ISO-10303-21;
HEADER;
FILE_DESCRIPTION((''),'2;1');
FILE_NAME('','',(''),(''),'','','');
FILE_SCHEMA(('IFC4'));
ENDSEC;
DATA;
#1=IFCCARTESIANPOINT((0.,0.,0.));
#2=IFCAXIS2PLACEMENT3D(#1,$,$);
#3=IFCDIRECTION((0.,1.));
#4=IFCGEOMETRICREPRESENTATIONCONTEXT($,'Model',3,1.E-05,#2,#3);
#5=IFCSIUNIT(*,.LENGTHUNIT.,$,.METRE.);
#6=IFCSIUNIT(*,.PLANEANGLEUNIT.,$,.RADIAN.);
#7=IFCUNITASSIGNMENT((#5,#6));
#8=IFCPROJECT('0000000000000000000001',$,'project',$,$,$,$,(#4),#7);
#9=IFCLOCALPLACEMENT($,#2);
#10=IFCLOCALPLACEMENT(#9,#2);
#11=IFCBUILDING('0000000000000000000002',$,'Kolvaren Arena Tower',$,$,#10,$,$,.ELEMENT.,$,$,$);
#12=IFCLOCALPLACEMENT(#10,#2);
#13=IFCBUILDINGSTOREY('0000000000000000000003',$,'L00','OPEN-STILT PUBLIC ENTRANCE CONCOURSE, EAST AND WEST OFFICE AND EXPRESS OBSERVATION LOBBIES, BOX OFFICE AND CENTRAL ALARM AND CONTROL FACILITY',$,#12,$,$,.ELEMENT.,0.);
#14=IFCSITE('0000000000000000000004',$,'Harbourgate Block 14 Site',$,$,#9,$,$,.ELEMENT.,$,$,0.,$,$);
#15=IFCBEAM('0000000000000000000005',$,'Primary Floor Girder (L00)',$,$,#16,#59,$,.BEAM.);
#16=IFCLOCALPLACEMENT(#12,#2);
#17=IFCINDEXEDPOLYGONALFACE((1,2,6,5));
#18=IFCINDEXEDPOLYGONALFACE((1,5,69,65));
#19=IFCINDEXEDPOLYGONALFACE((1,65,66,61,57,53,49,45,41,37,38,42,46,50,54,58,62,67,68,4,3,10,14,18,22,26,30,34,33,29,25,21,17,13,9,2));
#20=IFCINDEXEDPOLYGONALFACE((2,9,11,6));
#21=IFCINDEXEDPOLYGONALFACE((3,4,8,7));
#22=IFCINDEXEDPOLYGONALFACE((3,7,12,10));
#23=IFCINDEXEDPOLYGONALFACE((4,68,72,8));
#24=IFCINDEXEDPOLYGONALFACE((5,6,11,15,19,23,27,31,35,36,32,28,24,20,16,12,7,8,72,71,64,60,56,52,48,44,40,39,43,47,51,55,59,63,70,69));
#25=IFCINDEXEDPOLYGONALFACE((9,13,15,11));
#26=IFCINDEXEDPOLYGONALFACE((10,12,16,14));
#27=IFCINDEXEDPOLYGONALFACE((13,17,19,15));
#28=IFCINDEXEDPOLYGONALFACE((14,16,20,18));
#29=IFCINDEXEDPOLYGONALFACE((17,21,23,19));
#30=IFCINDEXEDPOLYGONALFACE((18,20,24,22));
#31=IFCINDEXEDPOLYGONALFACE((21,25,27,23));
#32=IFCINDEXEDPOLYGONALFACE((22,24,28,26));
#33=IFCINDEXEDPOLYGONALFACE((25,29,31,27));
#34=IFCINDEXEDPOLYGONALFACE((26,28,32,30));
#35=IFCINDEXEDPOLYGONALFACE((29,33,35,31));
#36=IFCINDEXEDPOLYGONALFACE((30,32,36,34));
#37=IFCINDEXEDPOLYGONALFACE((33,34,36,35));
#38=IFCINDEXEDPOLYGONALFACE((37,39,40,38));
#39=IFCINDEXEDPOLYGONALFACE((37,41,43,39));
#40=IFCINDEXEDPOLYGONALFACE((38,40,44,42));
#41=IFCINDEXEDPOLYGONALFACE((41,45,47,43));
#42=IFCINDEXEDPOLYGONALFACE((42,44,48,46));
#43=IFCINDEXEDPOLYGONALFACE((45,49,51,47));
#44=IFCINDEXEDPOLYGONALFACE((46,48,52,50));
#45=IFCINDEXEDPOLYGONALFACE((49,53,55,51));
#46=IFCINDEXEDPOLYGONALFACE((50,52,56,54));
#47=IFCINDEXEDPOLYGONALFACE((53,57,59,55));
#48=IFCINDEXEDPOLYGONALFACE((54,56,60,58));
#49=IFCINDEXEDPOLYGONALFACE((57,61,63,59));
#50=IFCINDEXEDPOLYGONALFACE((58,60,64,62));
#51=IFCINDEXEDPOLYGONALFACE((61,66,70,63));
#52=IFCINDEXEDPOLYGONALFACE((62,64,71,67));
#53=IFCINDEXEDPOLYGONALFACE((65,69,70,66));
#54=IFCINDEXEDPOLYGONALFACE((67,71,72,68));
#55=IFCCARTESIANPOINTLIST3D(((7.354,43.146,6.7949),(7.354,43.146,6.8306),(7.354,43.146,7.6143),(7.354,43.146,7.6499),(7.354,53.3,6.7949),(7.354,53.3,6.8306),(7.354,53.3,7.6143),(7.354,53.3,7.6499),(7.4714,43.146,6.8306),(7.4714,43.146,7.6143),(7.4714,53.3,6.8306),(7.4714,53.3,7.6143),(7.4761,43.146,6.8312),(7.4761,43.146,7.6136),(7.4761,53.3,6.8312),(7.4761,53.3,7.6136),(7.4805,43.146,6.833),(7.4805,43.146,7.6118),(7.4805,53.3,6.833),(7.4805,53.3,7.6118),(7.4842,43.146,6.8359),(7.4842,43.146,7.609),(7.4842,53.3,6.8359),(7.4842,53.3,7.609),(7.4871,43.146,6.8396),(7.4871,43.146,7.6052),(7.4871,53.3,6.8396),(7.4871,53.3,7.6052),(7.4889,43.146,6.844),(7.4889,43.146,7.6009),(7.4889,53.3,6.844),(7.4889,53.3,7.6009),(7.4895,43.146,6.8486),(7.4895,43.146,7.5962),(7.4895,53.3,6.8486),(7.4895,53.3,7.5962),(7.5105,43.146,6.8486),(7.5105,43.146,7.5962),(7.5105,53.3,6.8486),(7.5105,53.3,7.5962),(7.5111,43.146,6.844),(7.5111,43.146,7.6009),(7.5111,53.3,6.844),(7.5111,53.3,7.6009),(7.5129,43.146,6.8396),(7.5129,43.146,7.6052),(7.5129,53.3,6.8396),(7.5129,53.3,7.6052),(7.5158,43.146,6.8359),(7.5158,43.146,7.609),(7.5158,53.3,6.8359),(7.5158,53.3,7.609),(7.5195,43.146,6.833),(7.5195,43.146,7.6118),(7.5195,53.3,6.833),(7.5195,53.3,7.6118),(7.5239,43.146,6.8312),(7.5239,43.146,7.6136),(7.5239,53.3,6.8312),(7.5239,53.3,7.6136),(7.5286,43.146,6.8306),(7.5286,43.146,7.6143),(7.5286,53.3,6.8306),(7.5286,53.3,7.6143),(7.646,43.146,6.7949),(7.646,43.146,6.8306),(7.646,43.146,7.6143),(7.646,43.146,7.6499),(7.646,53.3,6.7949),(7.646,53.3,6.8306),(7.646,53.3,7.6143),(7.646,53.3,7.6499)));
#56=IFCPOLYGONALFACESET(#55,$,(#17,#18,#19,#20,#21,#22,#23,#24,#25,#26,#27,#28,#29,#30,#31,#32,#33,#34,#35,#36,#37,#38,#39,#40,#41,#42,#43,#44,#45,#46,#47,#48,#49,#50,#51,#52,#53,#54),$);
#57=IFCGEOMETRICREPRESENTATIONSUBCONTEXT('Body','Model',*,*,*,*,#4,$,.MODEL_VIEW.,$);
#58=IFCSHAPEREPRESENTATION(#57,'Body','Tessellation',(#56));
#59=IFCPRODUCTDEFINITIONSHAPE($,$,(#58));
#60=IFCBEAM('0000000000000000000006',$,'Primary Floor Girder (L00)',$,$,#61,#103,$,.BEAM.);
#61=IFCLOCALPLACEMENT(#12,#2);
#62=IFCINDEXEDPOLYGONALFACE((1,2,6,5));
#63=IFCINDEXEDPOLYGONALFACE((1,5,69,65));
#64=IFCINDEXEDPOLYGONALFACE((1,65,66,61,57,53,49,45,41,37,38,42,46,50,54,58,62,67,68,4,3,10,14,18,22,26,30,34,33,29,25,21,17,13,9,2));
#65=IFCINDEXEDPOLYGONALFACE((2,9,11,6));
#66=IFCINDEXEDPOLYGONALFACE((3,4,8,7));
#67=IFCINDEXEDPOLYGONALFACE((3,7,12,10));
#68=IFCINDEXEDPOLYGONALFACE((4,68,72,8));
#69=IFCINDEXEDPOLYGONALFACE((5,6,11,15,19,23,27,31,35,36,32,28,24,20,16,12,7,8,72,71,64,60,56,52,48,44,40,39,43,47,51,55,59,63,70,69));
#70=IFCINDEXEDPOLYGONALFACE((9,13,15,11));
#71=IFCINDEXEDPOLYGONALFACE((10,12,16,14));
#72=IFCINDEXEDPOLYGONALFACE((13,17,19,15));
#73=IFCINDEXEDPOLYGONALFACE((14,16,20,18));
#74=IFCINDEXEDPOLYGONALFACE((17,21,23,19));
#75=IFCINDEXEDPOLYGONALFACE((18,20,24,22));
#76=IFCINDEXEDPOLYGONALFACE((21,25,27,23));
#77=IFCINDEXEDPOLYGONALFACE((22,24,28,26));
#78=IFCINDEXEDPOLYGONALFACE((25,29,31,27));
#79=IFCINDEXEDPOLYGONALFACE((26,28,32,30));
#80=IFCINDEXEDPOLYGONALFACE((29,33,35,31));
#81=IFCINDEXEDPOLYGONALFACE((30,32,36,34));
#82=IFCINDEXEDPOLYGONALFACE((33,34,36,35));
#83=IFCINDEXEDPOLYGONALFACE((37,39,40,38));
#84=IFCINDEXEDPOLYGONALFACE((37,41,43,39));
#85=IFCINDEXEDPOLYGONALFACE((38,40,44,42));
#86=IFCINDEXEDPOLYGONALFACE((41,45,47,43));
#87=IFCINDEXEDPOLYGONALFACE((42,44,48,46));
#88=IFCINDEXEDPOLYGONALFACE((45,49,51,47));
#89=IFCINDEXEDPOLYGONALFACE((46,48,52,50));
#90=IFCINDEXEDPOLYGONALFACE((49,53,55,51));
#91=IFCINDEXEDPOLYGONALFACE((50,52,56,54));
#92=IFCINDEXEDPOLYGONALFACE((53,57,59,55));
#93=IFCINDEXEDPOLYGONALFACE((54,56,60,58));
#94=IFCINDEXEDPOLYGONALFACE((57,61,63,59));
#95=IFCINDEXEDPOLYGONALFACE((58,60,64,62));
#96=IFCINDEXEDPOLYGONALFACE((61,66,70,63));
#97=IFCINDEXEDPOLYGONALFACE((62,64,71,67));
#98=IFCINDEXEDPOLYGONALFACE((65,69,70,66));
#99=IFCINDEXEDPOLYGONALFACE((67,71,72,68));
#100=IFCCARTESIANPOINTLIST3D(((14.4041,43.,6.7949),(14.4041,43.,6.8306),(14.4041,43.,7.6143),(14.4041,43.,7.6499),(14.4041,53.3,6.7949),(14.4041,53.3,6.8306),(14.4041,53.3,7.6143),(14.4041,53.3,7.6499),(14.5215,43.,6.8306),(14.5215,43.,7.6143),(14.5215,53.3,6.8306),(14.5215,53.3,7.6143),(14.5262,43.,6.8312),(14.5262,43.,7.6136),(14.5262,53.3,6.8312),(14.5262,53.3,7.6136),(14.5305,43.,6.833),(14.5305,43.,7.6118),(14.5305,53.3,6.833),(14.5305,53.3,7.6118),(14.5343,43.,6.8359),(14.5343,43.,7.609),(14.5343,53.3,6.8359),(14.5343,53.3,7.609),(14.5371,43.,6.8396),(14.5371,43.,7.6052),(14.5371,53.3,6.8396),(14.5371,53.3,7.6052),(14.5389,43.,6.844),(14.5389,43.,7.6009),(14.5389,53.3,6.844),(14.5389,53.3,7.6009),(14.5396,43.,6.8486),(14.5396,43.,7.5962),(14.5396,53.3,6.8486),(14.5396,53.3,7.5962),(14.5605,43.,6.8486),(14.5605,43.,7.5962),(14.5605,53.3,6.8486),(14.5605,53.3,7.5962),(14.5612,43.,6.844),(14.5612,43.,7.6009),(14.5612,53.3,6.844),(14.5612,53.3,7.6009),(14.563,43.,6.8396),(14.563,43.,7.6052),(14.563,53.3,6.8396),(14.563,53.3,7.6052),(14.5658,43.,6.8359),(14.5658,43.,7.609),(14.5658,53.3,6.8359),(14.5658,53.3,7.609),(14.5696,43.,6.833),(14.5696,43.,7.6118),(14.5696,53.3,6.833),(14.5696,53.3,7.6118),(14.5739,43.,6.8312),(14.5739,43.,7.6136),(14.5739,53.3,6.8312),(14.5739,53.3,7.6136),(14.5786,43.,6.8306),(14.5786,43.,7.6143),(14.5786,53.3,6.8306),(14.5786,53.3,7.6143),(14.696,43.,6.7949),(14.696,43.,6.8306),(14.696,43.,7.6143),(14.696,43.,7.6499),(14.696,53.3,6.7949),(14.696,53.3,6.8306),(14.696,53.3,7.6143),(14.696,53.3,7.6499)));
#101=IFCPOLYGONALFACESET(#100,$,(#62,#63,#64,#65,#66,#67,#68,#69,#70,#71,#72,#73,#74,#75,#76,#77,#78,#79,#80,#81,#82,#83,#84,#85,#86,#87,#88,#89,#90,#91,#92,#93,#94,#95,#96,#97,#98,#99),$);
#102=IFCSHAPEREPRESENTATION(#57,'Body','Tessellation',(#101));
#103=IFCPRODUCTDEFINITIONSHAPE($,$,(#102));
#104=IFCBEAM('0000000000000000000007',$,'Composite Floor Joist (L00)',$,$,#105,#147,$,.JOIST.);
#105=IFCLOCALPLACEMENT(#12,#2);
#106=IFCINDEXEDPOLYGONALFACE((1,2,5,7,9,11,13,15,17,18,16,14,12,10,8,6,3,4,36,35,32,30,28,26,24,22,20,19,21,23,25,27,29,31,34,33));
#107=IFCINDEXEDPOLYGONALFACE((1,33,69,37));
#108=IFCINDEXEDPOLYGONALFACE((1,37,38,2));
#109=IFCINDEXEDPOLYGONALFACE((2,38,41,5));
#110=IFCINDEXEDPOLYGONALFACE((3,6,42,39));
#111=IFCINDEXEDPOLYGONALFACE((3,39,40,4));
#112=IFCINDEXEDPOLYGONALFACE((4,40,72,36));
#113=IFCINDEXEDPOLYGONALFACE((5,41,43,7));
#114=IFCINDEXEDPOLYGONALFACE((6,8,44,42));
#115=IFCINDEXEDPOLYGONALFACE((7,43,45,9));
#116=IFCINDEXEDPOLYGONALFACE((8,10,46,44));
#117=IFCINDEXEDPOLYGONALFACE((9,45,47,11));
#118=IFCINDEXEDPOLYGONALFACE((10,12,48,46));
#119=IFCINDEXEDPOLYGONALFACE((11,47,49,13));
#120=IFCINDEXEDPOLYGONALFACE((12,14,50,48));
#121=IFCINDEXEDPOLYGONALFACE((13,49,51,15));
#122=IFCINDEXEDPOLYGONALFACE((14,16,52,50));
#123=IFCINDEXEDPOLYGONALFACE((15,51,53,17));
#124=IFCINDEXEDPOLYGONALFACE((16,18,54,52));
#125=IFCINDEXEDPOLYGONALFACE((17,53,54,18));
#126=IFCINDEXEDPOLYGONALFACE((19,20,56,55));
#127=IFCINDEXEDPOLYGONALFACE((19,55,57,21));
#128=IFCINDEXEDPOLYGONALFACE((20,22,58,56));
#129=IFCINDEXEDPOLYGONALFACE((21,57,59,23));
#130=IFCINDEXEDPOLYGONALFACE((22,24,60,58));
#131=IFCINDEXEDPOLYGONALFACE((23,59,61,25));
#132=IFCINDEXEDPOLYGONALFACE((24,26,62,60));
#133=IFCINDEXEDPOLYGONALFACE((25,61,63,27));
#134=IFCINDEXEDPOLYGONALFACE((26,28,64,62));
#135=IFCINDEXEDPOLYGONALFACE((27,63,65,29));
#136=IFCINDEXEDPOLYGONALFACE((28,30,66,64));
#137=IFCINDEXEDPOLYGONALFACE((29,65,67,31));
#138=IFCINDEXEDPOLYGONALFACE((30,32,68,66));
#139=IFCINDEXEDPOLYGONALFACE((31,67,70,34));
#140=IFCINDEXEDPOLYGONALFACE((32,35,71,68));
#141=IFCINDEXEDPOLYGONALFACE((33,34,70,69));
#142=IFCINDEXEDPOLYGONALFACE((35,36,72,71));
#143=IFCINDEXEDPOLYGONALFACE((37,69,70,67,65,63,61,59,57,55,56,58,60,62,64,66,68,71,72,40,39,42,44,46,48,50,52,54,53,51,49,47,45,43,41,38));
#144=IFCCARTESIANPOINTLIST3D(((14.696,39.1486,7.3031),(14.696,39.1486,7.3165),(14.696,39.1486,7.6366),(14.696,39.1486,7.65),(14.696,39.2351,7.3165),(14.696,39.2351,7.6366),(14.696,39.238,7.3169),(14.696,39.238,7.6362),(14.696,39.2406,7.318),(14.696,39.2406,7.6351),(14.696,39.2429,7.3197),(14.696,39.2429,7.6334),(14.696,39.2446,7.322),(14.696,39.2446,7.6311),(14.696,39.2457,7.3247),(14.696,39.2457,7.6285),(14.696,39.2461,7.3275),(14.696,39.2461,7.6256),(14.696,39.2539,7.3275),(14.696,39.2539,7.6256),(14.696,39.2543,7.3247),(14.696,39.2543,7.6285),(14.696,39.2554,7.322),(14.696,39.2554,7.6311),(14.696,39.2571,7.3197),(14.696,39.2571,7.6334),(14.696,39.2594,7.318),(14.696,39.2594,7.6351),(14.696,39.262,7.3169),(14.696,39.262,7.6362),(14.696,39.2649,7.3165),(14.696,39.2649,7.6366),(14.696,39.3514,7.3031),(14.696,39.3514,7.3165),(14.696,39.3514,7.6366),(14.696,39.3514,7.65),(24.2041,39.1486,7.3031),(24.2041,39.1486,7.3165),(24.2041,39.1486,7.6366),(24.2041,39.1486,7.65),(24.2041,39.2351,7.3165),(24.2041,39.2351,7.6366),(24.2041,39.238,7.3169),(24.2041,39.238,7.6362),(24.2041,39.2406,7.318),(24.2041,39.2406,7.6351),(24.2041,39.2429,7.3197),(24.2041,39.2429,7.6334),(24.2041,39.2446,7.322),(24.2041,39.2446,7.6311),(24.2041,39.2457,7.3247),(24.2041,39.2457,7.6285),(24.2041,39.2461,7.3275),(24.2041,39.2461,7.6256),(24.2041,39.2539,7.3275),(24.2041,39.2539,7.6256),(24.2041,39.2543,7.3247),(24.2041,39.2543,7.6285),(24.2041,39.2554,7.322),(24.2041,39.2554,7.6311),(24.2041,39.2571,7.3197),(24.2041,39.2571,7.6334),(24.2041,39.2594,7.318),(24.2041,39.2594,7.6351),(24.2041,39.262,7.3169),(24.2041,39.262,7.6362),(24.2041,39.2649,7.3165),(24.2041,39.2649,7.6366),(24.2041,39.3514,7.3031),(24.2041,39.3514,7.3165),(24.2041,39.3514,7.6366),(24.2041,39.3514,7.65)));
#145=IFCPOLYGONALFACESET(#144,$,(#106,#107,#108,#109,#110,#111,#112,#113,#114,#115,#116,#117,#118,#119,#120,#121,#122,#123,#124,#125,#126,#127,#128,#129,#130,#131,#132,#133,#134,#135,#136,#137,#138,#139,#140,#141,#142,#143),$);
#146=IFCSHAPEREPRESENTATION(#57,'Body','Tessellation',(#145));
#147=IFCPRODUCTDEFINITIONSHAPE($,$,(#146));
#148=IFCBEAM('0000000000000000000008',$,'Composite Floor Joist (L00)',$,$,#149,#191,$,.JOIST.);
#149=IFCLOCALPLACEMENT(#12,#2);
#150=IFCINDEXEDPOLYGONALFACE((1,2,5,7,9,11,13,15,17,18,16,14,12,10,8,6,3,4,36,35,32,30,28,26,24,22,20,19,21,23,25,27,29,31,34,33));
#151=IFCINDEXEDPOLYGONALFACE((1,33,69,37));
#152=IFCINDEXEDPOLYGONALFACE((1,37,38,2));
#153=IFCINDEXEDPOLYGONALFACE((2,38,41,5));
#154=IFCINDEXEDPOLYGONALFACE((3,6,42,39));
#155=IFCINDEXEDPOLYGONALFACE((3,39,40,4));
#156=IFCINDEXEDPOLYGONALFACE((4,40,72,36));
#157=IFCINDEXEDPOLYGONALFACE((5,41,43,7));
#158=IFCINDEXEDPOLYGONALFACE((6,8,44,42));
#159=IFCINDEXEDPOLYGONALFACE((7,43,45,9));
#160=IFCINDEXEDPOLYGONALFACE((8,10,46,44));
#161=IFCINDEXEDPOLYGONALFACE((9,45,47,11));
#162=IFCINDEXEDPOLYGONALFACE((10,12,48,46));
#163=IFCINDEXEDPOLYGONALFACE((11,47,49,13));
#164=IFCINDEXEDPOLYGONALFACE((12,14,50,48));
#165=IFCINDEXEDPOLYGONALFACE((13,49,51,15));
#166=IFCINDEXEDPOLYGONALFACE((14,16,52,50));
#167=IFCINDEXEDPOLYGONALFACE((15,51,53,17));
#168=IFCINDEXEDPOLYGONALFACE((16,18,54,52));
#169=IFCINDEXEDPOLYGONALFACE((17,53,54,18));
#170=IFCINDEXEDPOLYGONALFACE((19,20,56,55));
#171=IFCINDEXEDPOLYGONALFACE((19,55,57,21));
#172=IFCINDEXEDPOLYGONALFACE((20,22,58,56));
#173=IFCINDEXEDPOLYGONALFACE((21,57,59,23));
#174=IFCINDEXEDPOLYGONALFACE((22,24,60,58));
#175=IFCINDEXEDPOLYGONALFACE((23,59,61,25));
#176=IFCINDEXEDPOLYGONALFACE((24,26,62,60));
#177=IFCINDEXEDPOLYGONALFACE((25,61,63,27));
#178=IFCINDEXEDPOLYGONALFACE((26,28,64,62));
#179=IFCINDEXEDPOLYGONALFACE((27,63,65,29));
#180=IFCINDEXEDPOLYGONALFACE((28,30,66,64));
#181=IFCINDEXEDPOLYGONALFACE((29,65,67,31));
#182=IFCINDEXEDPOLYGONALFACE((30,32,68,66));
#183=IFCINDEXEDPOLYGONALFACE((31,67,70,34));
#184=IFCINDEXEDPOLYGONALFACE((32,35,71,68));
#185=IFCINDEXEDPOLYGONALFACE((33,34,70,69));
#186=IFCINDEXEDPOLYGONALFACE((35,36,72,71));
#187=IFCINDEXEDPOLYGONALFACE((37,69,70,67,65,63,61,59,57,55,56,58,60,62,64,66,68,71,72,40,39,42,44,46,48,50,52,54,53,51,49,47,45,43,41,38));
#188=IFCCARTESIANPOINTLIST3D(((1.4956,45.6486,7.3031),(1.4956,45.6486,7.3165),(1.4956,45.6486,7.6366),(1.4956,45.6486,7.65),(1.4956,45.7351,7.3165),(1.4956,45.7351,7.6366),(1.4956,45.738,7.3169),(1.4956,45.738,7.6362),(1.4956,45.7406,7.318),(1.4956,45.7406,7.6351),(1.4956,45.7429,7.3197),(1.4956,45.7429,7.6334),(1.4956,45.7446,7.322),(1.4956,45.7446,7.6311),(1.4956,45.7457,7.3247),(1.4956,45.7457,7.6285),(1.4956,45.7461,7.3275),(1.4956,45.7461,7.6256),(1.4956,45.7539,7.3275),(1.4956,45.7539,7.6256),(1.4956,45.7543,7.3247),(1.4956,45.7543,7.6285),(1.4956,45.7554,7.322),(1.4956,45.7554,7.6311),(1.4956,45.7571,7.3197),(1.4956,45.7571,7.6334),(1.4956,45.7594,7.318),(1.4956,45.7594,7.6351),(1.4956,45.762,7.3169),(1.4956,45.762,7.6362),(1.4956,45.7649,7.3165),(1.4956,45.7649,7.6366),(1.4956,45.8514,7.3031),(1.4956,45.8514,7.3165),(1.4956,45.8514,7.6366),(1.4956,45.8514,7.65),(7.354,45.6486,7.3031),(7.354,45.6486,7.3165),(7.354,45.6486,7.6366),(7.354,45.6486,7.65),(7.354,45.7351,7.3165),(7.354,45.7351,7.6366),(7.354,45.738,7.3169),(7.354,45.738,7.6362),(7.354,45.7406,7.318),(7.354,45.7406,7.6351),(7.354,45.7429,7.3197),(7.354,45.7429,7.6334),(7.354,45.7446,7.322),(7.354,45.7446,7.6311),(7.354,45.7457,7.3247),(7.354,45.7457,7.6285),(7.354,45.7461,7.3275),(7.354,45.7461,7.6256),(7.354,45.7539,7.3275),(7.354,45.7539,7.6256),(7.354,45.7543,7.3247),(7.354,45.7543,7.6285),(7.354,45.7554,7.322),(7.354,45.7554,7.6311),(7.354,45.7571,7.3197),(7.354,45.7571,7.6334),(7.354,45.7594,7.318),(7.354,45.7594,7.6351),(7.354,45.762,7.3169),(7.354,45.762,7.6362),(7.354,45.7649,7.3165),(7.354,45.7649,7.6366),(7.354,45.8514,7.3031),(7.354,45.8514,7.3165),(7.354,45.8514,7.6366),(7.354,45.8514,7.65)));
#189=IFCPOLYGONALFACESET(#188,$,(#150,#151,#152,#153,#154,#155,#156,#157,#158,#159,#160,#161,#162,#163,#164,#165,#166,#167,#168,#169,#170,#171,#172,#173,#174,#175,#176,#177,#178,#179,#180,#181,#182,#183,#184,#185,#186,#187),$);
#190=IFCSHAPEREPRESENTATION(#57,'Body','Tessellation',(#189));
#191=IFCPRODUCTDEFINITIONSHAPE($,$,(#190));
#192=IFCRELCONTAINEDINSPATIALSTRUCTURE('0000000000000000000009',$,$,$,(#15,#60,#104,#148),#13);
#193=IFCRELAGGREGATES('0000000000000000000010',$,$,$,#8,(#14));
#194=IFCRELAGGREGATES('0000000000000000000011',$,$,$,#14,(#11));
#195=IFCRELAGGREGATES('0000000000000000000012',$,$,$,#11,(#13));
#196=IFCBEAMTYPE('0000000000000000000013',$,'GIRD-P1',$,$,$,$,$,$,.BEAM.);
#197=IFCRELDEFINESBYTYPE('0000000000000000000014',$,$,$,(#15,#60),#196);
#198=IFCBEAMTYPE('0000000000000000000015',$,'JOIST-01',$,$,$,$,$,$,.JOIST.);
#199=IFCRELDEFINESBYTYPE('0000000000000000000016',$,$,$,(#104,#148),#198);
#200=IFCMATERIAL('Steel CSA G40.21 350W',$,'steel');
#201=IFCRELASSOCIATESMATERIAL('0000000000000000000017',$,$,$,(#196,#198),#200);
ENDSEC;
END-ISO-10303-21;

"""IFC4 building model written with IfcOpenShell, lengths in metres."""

from ifc_helpers import new_model, si_unit, direction, frame, origin, origin_2d, place, context, subcontext, project, spatial, i_section, extrude, material, material_profile, profile_set, type_object, element, save


model = new_model("IFC4")

# Units and contexts
model_context = context("Model", 3, precision=1e-05, world=origin(), true_north=direction((0.0, 1.0)))
body_context = subcontext(model_context, "Body", "Model", "MODEL_VIEW")
ifc_project = project(units=[si_unit("LENGTHUNIT", "METRE"), si_unit("PLANEANGLEUNIT", "RADIAN")], contexts=[model_context])

# Site, building, storey
site_placement = place(None, origin())
site = spatial("IfcSite", under=ifc_project, at=site_placement, Name="Harbourgate Block 14 Site", CompositionType="ELEMENT", RefElevation=0.0)
building_placement = place(site_placement, origin())
building = spatial("IfcBuilding", under=site, at=building_placement, Name="Kolvaren Arena Tower", CompositionType="ELEMENT")
storey_placement = place(building_placement, origin())
storey = spatial("IfcBuildingStorey", under=building, at=storey_placement, Name="L00", Description="OPEN-STILT PUBLIC ENTRANCE CONCOURSE, EAST AND WEST OFFICE AND EXPRESS OBSERVATION LOBBIES, BOX OFFICE AND CENTRAL ALARM AND CONTROL FACILITY", CompositionType="ELEMENT", Elevation=0.0)

# Beams
ifc_material_1 = material(Name="Steel CSA G40.21 350W", Category="steel")
ifc_material_profile_1 = material_profile(ifc_material_1, i_section(OverallWidth=0.292, OverallDepth=0.855, WebThickness=0.021, FlangeThickness=0.0356, FilletRadius=0.0181, at=origin_2d()), Name="W840x299")
ifc_profile_set_1 = profile_set([ifc_material_profile_1], Name="Steel CSA G40.21 350W")
beam_type_1 = type_object("IfcBeamType", Name="GIRD-P1", PredefinedType="BEAM", material=ifc_profile_set_1)
beam_1_placement = place(storey_placement, frame((7.5, 43.146, 7.2224), z_axis=(0.0, 1.0, 0.0), x_axis=(-1.0, 0.0, 0.0)))
element("IfcBeam", 1, at=beam_1_placement, inside=storey, type_object=beam_type_1, Name="Primary Floor Girder (L00)", PredefinedType="BEAM", context=body_context, shape_type="SweptSolid", body=[
    extrude(i_section(OverallWidth=0.292, OverallDepth=0.855, WebThickness=0.021, FlangeThickness=0.0356, FilletRadius=0.0181, at=origin_2d()), origin(), (0.0, 0.0, 1.0), 10.1541),
])
beam_2_placement = place(storey_placement, frame((14.55, 43.0, 7.2224), z_axis=(0.0, 1.0, 0.0), x_axis=(-1.0, 0.0, 0.0)))
element("IfcBeam", 2, at=beam_2_placement, inside=storey, type_object=beam_type_1, Name="Primary Floor Girder (L00)", PredefinedType="BEAM", context=body_context, shape_type="SweptSolid", body=[
    extrude(i_section(OverallWidth=0.292, OverallDepth=0.855, WebThickness=0.021, FlangeThickness=0.0356, FilletRadius=0.0181, at=origin_2d()), origin(), (0.0, 0.0, 1.0), 10.3),
])
ifc_material_profile_2 = material_profile(ifc_material_1, i_section(OverallWidth=0.2029, OverallDepth=0.3469, WebThickness=0.0078, FlangeThickness=0.0134, FilletRadius=0.011, at=origin_2d()), Name="W360x64")
ifc_profile_set_2 = profile_set([ifc_material_profile_2], Name="Steel CSA G40.21 350W")
beam_type_2 = type_object("IfcBeamType", Name="JOIST-01", PredefinedType="JOIST", material=ifc_profile_set_2)
beam_3_placement = place(storey_placement, frame((14.696, 39.25, 7.4766), z_axis=(1.0, 0.0, 0.0), x_axis=(0.0, 1.0, 0.0)))
element("IfcBeam", 3, at=beam_3_placement, inside=storey, type_object=beam_type_2, Name="Composite Floor Joist (L00)", PredefinedType="JOIST", context=body_context, shape_type="SweptSolid", body=[
    extrude(i_section(OverallWidth=0.2029, OverallDepth=0.3469, WebThickness=0.0078, FlangeThickness=0.0134, FilletRadius=0.011, at=origin_2d()), origin(), (0.0, 0.0, 1.0), 9.5081),
])
beam_4_placement = place(storey_placement, frame((1.4956, 45.75, 7.4766), z_axis=(1.0, 0.0, 0.0), x_axis=(0.0, 1.0, 0.0)))
element("IfcBeam", 4, at=beam_4_placement, inside=storey, type_object=beam_type_2, Name="Composite Floor Joist (L00)", PredefinedType="JOIST", context=body_context, shape_type="SweptSolid", body=[
    extrude(i_section(OverallWidth=0.2029, OverallDepth=0.3469, WebThickness=0.0078, FlangeThickness=0.0134, FilletRadius=0.011, at=origin_2d()), origin(), (0.0, 0.0, 1.0), 5.8584),
])

save(model, "model.ifc")
